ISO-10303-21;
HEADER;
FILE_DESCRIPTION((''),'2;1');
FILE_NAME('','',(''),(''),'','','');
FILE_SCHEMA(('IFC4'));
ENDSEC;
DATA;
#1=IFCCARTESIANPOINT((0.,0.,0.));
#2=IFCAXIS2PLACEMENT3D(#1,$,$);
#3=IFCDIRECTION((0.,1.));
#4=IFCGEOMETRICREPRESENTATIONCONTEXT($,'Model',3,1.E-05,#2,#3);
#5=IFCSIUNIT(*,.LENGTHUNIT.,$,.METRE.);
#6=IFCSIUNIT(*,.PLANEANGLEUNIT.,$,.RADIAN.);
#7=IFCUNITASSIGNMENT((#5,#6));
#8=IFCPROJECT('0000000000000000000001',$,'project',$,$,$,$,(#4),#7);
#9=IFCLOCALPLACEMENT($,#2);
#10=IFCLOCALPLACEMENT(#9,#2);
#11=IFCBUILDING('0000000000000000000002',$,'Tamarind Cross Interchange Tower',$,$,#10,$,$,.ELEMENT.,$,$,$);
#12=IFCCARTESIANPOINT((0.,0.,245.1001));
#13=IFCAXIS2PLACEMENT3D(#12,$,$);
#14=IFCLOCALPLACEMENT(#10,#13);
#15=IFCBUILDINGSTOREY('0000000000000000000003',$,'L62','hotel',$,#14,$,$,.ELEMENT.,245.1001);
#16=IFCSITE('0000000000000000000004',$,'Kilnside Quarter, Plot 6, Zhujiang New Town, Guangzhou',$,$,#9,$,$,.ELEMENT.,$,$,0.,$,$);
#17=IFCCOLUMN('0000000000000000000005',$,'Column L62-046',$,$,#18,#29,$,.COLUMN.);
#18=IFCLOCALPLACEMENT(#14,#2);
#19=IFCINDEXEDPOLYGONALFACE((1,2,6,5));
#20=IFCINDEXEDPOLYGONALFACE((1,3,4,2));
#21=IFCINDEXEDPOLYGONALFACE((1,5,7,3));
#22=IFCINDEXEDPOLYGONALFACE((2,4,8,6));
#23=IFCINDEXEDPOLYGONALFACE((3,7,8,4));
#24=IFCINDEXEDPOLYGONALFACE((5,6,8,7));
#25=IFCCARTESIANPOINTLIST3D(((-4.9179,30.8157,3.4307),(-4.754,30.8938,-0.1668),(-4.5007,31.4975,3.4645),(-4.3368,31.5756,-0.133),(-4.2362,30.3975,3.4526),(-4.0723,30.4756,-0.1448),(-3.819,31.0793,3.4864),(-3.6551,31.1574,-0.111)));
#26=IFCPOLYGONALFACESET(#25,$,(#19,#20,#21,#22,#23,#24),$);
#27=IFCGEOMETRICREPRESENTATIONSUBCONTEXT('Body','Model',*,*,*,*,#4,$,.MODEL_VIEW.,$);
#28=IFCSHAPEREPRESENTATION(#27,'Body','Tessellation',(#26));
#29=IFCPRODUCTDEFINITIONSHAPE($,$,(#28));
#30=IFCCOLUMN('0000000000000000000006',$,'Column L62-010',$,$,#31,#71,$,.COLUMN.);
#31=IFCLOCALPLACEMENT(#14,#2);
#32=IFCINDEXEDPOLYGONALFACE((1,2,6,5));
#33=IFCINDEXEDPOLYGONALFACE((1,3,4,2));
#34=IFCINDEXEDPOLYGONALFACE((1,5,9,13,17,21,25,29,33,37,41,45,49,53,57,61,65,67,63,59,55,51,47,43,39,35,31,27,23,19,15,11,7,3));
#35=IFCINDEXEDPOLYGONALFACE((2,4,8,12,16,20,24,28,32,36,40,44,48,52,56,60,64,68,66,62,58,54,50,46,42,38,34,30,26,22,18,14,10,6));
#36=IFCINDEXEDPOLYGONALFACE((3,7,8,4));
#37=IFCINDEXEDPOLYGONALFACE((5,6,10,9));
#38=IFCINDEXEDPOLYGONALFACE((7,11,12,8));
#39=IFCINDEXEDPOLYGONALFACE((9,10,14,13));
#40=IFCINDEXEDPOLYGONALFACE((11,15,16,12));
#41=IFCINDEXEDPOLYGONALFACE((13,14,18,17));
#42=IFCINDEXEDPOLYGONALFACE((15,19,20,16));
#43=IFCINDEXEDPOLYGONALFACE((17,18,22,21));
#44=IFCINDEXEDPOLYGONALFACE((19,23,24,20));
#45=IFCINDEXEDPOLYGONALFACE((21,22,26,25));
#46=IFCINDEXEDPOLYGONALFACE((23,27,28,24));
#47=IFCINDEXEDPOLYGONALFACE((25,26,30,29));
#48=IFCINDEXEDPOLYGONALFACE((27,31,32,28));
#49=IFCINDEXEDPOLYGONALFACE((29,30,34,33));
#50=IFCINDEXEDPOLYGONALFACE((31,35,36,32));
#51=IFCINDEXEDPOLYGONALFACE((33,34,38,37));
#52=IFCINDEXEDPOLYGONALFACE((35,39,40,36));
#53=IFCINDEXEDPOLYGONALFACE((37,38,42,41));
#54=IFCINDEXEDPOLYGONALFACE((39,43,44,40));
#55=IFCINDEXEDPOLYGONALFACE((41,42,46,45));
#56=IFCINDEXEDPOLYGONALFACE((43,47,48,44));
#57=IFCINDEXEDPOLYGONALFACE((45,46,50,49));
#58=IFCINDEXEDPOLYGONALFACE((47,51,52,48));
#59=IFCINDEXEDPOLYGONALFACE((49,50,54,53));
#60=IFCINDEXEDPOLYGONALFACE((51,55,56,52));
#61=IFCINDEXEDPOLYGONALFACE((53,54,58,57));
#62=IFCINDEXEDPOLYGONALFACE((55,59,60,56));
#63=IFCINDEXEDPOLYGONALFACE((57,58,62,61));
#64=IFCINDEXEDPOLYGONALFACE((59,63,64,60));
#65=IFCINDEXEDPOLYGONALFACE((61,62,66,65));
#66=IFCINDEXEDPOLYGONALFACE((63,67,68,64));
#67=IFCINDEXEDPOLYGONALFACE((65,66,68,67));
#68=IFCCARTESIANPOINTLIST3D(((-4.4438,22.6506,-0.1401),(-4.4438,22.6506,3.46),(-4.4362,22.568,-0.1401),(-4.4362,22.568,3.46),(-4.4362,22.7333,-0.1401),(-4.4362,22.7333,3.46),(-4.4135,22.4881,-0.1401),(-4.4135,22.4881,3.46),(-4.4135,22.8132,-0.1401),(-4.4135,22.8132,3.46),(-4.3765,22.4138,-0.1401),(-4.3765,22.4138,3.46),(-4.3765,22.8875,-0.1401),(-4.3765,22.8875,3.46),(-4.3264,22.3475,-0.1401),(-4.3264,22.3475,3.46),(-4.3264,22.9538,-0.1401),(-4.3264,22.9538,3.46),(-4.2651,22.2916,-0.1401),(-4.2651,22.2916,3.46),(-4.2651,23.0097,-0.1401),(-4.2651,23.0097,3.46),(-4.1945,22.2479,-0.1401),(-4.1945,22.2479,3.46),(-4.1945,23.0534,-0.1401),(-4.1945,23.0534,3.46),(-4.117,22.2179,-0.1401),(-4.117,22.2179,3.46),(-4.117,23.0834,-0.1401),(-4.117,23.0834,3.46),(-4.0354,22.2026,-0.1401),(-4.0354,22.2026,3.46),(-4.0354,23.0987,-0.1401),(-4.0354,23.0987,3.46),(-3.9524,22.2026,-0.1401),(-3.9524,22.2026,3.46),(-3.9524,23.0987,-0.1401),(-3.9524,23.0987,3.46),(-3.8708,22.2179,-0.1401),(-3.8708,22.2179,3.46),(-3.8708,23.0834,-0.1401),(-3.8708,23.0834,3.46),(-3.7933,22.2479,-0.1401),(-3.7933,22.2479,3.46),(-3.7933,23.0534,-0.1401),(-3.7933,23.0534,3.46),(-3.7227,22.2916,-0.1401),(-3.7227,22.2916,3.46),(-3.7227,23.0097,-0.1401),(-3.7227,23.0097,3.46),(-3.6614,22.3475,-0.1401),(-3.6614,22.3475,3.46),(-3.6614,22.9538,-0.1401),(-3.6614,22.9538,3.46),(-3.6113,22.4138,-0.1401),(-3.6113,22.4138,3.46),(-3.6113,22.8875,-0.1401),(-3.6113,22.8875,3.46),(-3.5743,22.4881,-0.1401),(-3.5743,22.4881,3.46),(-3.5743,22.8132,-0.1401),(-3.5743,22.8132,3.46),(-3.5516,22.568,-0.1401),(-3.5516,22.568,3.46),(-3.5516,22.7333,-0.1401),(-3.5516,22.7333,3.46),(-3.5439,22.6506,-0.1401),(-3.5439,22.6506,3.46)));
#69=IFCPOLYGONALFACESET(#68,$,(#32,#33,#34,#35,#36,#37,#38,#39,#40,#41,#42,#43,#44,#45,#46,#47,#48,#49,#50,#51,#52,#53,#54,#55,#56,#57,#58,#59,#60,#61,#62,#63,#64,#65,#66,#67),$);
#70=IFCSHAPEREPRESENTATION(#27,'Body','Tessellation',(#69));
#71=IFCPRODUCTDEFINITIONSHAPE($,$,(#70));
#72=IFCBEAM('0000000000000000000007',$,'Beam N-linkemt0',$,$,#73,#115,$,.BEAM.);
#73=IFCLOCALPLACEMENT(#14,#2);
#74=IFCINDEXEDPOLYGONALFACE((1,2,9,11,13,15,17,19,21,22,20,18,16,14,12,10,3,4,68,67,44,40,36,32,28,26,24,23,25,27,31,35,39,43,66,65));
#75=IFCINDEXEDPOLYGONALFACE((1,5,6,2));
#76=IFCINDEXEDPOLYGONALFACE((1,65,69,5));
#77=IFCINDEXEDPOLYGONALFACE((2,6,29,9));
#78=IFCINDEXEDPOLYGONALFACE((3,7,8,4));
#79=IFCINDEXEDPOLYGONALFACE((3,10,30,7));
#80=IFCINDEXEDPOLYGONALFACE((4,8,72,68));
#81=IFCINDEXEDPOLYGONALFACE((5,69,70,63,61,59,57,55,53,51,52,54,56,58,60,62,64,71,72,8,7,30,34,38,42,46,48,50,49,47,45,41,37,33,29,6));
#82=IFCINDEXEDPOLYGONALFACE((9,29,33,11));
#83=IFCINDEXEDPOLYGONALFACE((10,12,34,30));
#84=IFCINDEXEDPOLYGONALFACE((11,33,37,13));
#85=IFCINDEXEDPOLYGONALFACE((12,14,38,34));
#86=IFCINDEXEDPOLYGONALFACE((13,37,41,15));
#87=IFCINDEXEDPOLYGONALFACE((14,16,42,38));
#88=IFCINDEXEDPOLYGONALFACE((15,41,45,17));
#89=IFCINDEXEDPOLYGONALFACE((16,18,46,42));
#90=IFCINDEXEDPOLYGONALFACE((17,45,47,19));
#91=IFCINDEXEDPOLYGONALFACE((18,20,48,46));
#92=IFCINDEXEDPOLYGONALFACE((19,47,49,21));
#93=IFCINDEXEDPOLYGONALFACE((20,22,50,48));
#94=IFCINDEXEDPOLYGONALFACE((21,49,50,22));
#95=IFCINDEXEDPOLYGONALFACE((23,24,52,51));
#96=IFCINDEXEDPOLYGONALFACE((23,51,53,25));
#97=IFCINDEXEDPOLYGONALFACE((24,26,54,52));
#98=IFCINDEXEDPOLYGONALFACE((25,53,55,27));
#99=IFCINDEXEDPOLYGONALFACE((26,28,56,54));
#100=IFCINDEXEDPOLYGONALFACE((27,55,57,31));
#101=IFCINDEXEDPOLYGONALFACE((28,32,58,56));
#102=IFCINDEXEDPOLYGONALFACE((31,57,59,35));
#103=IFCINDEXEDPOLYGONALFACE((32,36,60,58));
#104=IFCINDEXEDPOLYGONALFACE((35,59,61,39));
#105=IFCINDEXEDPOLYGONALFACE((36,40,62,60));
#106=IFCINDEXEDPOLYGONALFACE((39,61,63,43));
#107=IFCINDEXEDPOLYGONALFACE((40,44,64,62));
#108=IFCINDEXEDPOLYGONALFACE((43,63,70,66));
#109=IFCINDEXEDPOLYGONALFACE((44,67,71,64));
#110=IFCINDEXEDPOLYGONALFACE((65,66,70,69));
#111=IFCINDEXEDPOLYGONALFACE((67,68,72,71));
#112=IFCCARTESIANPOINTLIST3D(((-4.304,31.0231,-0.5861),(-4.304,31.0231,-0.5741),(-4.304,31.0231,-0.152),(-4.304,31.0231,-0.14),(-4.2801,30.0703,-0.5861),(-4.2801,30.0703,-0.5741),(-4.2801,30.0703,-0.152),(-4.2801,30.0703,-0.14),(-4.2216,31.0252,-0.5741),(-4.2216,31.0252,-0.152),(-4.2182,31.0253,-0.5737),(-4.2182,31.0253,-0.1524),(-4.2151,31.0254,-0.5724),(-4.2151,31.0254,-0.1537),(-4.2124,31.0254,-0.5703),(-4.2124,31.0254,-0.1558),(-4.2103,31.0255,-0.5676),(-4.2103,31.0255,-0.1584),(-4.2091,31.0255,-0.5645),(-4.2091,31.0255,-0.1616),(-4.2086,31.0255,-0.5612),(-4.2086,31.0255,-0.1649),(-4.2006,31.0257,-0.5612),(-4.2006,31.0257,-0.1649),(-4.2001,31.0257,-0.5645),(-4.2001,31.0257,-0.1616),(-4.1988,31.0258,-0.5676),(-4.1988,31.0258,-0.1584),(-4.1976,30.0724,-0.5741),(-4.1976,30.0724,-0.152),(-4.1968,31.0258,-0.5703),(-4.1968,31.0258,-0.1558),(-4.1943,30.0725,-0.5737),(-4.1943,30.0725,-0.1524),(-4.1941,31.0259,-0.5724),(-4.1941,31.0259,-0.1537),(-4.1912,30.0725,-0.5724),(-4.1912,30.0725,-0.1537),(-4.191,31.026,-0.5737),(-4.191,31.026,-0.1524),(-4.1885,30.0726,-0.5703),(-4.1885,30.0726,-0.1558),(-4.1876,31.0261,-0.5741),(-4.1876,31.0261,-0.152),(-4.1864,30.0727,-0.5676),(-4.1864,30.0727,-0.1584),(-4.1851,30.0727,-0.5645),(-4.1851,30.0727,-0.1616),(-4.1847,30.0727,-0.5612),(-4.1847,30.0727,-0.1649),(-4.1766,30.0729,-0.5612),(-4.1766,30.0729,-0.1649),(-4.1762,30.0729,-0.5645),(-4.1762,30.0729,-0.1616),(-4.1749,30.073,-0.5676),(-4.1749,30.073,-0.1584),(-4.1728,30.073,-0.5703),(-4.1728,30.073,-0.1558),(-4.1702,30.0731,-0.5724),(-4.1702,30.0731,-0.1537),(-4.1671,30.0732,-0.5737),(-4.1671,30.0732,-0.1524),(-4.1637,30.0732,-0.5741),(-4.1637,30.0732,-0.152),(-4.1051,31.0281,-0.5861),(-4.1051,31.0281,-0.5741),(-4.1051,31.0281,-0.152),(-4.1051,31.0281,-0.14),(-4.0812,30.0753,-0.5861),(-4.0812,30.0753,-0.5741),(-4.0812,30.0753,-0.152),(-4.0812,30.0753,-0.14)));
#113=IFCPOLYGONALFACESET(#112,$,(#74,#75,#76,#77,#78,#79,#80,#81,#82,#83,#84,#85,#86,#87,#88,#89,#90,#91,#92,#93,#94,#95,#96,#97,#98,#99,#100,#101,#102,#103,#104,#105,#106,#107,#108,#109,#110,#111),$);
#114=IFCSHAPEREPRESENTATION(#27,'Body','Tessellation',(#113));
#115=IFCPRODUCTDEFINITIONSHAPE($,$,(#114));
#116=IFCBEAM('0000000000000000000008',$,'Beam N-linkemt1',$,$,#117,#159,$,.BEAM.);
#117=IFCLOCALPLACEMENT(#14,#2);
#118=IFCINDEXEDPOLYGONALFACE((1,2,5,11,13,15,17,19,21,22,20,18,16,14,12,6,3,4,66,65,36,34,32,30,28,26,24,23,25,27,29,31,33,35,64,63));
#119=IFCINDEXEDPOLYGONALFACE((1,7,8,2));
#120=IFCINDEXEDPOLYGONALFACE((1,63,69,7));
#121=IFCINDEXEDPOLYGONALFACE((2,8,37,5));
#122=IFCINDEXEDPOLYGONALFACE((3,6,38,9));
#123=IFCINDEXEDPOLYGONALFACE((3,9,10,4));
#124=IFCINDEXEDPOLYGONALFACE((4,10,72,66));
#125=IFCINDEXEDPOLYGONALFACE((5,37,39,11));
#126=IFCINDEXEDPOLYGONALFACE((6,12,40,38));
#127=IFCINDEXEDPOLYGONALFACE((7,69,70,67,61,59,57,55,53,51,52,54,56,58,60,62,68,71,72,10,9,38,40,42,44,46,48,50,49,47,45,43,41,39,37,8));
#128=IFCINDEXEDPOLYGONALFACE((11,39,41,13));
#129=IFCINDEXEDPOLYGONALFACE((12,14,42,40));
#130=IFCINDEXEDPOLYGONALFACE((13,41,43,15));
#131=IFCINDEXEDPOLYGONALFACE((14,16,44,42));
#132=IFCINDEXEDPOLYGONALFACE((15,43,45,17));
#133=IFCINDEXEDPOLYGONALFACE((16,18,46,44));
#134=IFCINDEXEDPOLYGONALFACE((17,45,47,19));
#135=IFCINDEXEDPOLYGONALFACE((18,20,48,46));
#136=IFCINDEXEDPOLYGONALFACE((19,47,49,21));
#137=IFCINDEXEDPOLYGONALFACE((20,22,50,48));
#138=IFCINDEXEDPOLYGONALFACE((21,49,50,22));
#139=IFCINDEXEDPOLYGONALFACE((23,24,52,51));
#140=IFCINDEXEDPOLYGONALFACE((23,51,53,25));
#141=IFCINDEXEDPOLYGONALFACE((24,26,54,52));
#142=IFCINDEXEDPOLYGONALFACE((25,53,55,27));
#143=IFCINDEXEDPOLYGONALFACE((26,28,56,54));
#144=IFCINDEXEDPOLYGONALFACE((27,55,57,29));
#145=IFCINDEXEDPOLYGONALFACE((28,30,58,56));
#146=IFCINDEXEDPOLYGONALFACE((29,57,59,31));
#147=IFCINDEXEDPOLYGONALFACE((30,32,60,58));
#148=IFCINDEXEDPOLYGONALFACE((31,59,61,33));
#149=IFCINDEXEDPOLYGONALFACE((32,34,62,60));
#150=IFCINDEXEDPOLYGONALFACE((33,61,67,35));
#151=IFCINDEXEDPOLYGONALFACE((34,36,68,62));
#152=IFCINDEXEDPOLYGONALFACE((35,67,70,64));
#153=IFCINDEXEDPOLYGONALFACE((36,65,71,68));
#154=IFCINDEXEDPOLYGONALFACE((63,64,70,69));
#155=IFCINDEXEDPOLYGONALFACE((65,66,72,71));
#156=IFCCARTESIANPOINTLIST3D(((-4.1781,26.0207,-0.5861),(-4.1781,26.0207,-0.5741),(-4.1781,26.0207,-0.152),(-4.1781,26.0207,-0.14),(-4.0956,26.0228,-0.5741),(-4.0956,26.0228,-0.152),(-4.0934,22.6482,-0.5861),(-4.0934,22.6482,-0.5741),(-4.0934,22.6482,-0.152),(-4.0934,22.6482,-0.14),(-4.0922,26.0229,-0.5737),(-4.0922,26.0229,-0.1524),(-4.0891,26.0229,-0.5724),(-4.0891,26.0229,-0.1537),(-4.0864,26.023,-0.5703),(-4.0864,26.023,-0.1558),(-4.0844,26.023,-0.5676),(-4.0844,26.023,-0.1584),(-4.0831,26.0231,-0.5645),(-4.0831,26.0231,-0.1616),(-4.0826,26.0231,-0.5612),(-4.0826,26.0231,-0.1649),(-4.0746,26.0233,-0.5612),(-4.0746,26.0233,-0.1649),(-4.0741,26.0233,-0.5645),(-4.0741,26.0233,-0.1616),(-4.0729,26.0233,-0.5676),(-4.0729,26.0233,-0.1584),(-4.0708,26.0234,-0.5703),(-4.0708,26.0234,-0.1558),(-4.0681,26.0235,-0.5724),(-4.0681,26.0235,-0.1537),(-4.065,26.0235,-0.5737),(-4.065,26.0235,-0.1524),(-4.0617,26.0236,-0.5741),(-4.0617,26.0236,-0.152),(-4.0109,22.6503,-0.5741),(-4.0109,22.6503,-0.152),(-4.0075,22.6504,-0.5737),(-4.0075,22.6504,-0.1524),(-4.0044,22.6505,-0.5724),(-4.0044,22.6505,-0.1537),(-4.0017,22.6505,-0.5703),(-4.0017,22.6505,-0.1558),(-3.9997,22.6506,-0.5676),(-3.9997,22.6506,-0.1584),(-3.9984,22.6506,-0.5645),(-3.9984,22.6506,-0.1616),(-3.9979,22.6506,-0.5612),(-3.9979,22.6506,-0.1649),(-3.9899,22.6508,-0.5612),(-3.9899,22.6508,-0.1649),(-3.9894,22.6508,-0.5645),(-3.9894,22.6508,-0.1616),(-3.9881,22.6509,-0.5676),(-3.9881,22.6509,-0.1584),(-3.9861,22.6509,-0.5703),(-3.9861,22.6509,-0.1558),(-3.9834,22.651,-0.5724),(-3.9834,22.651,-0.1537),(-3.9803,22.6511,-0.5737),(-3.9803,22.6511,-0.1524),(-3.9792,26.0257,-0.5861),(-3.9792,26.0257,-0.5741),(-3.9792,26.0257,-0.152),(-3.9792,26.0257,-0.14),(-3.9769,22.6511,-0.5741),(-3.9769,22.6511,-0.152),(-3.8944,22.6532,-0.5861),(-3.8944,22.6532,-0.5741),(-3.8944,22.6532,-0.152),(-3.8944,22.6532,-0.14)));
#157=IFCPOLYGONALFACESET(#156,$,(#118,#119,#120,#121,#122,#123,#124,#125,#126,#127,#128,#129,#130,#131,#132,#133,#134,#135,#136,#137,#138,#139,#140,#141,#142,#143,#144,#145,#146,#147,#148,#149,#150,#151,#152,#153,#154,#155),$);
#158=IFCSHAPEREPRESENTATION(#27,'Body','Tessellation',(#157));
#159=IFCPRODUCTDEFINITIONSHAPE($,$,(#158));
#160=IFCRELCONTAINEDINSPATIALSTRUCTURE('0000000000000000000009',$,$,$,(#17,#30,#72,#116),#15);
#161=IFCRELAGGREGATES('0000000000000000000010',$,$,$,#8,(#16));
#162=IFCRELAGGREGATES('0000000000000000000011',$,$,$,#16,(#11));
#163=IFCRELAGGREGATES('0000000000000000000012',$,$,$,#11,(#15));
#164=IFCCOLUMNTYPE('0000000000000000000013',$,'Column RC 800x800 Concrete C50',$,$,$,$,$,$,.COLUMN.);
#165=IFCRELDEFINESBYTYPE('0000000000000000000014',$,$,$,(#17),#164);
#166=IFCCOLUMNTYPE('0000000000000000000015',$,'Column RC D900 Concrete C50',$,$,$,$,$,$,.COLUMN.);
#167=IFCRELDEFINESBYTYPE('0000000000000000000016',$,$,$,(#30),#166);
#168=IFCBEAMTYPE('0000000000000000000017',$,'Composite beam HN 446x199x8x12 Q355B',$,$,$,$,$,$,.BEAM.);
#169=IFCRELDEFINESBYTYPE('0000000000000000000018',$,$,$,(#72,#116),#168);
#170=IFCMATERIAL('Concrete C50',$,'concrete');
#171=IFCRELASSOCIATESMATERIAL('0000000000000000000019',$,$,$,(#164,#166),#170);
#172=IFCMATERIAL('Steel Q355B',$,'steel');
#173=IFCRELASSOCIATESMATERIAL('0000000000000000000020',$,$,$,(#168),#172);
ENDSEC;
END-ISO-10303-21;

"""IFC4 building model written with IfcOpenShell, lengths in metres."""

from ifc_helpers import new_model, si_unit, direction, frame, origin, origin_2d, place, context, subcontext, project, spatial, rectangle, circle, i_section, extrude, material, material_profile, profile_set, type_object, element, save


model = new_model("IFC4")

# Units and contexts
model_context = context("Model", 3, precision=1e-05, world=origin(), true_north=direction((0.0, 1.0)))
body_context = subcontext(model_context, "Body", "Model", "MODEL_VIEW")
ifc_project = project(units=[si_unit("LENGTHUNIT", "METRE"), si_unit("PLANEANGLEUNIT", "RADIAN")], contexts=[model_context])

# Site, building, storey
site_placement = place(None, origin())
site = spatial("IfcSite", under=ifc_project, at=site_placement, Name="Kilnside Quarter, Plot 6, Zhujiang New Town, Guangzhou", CompositionType="ELEMENT", RefElevation=0.0)
building_placement = place(site_placement, origin())
building = spatial("IfcBuilding", under=site, at=building_placement, Name="Tamarind Cross Interchange Tower", CompositionType="ELEMENT")
storey_placement = place(building_placement, frame((0.0, 0.0, 245.1001)))
storey = spatial("IfcBuildingStorey", under=building, at=storey_placement, Name="L62", Description="hotel", CompositionType="ELEMENT", Elevation=245.1001)

# Columns
ifc_material_1 = material(Name="Concrete C50", Category="concrete")
ifc_material_profile_1 = material_profile(ifc_material_1, rectangle(XDim=0.8, YDim=0.8, at=origin_2d()), Name="RC 800x800")
ifc_profile_set_1 = profile_set([ifc_material_profile_1], Name="Concrete C50")
column_type_1 = type_object("IfcColumnType", Name="Column RC 800x800 Concrete C50", PredefinedType="COLUMN", material=ifc_profile_set_1)
column_1_placement = place(storey_placement, frame((-4.2046, 31.0256, -0.1389), z_axis=(-0.04548, -0.021689, 0.99873), x_axis=(0.852057, -0.522729, 0.027449)))
element("IfcColumn", 1, at=column_1_placement, inside=storey, type_object=column_type_1, Name="Column L62-046", PredefinedType="COLUMN", context=body_context, shape_type="SweptSolid", body=[
    extrude(rectangle(XDim=0.8, YDim=0.8, at=origin_2d()), origin(), (0.0, 0.0, 1.0), 3.6021),
])
ifc_material_profile_2 = material_profile(ifc_material_1, circle(Radius=0.45, at=origin_2d()), Name="RC D900")
ifc_profile_set_2 = profile_set([ifc_material_profile_2], Name="Concrete C50")
column_type_2 = type_object("IfcColumnType", Name="Column RC D900 Concrete C50", PredefinedType="COLUMN", material=ifc_profile_set_2)
column_2_placement = place(storey_placement, frame((-3.9939, 22.6506, -0.1401), z_axis=(0.0, 0.0, 1.0), x_axis=(1.0, 0.0, 0.0)))
element("IfcColumn", 2, at=column_2_placement, inside=storey, type_object=column_type_2, Name="Column L62-010", PredefinedType="COLUMN", context=body_context, shape_type="SweptSolid", body=[
    extrude(circle(Radius=0.45, at=origin_2d()), origin(), (0.0, 0.0, 1.0), 3.6001),
])

# Beams
ifc_material_2 = material(Name="Steel Q355B", Category="steel")
ifc_material_profile_3 = material_profile(ifc_material_2, i_section(OverallWidth=0.199, OverallDepth=0.446, WebThickness=0.0081, FlangeThickness=0.012, FilletRadius=0.0129, at=origin_2d()), Name="HN 446x199x8x12")
ifc_profile_set_3 = profile_set([ifc_material_profile_3], Name="Steel Q355B")
beam_type_1 = type_object("IfcBeamType", Name="Composite beam HN 446x199x8x12 Q355B", PredefinedType="BEAM", material=ifc_profile_set_3)
beam_1_placement = place(storey_placement, frame((-4.2046, 31.0256, -0.363), z_axis=(0.025101, -0.999685, 0.0), x_axis=(0.999685, 0.025101, 0.0)))
element("IfcBeam", 3, at=beam_1_placement, inside=storey, type_object=beam_type_1, Name="Beam N-linkemt0", PredefinedType="BEAM", context=body_context, shape_type="SweptSolid", body=[
    extrude(i_section(OverallWidth=0.199, OverallDepth=0.446, WebThickness=0.0081, FlangeThickness=0.012, FilletRadius=0.0129, at=origin_2d()), origin(), (0.0, 0.0, 1.0), 0.9531),
])
beam_2_placement = place(storey_placement, frame((-4.0786, 26.0232, -0.363), z_axis=(0.025112, -0.999685, 0.0), x_axis=(0.999685, 0.025112, 0.0)))
element("IfcBeam", 4, at=beam_2_placement, inside=storey, type_object=beam_type_1, Name="Beam N-linkemt1", PredefinedType="BEAM", context=body_context, shape_type="SweptSolid", body=[
    extrude(i_section(OverallWidth=0.199, OverallDepth=0.446, WebThickness=0.0081, FlangeThickness=0.012, FilletRadius=0.0129, at=origin_2d()), origin(), (0.0, 0.0, 1.0), 3.3735),
])

save(model, "model.ifc")
